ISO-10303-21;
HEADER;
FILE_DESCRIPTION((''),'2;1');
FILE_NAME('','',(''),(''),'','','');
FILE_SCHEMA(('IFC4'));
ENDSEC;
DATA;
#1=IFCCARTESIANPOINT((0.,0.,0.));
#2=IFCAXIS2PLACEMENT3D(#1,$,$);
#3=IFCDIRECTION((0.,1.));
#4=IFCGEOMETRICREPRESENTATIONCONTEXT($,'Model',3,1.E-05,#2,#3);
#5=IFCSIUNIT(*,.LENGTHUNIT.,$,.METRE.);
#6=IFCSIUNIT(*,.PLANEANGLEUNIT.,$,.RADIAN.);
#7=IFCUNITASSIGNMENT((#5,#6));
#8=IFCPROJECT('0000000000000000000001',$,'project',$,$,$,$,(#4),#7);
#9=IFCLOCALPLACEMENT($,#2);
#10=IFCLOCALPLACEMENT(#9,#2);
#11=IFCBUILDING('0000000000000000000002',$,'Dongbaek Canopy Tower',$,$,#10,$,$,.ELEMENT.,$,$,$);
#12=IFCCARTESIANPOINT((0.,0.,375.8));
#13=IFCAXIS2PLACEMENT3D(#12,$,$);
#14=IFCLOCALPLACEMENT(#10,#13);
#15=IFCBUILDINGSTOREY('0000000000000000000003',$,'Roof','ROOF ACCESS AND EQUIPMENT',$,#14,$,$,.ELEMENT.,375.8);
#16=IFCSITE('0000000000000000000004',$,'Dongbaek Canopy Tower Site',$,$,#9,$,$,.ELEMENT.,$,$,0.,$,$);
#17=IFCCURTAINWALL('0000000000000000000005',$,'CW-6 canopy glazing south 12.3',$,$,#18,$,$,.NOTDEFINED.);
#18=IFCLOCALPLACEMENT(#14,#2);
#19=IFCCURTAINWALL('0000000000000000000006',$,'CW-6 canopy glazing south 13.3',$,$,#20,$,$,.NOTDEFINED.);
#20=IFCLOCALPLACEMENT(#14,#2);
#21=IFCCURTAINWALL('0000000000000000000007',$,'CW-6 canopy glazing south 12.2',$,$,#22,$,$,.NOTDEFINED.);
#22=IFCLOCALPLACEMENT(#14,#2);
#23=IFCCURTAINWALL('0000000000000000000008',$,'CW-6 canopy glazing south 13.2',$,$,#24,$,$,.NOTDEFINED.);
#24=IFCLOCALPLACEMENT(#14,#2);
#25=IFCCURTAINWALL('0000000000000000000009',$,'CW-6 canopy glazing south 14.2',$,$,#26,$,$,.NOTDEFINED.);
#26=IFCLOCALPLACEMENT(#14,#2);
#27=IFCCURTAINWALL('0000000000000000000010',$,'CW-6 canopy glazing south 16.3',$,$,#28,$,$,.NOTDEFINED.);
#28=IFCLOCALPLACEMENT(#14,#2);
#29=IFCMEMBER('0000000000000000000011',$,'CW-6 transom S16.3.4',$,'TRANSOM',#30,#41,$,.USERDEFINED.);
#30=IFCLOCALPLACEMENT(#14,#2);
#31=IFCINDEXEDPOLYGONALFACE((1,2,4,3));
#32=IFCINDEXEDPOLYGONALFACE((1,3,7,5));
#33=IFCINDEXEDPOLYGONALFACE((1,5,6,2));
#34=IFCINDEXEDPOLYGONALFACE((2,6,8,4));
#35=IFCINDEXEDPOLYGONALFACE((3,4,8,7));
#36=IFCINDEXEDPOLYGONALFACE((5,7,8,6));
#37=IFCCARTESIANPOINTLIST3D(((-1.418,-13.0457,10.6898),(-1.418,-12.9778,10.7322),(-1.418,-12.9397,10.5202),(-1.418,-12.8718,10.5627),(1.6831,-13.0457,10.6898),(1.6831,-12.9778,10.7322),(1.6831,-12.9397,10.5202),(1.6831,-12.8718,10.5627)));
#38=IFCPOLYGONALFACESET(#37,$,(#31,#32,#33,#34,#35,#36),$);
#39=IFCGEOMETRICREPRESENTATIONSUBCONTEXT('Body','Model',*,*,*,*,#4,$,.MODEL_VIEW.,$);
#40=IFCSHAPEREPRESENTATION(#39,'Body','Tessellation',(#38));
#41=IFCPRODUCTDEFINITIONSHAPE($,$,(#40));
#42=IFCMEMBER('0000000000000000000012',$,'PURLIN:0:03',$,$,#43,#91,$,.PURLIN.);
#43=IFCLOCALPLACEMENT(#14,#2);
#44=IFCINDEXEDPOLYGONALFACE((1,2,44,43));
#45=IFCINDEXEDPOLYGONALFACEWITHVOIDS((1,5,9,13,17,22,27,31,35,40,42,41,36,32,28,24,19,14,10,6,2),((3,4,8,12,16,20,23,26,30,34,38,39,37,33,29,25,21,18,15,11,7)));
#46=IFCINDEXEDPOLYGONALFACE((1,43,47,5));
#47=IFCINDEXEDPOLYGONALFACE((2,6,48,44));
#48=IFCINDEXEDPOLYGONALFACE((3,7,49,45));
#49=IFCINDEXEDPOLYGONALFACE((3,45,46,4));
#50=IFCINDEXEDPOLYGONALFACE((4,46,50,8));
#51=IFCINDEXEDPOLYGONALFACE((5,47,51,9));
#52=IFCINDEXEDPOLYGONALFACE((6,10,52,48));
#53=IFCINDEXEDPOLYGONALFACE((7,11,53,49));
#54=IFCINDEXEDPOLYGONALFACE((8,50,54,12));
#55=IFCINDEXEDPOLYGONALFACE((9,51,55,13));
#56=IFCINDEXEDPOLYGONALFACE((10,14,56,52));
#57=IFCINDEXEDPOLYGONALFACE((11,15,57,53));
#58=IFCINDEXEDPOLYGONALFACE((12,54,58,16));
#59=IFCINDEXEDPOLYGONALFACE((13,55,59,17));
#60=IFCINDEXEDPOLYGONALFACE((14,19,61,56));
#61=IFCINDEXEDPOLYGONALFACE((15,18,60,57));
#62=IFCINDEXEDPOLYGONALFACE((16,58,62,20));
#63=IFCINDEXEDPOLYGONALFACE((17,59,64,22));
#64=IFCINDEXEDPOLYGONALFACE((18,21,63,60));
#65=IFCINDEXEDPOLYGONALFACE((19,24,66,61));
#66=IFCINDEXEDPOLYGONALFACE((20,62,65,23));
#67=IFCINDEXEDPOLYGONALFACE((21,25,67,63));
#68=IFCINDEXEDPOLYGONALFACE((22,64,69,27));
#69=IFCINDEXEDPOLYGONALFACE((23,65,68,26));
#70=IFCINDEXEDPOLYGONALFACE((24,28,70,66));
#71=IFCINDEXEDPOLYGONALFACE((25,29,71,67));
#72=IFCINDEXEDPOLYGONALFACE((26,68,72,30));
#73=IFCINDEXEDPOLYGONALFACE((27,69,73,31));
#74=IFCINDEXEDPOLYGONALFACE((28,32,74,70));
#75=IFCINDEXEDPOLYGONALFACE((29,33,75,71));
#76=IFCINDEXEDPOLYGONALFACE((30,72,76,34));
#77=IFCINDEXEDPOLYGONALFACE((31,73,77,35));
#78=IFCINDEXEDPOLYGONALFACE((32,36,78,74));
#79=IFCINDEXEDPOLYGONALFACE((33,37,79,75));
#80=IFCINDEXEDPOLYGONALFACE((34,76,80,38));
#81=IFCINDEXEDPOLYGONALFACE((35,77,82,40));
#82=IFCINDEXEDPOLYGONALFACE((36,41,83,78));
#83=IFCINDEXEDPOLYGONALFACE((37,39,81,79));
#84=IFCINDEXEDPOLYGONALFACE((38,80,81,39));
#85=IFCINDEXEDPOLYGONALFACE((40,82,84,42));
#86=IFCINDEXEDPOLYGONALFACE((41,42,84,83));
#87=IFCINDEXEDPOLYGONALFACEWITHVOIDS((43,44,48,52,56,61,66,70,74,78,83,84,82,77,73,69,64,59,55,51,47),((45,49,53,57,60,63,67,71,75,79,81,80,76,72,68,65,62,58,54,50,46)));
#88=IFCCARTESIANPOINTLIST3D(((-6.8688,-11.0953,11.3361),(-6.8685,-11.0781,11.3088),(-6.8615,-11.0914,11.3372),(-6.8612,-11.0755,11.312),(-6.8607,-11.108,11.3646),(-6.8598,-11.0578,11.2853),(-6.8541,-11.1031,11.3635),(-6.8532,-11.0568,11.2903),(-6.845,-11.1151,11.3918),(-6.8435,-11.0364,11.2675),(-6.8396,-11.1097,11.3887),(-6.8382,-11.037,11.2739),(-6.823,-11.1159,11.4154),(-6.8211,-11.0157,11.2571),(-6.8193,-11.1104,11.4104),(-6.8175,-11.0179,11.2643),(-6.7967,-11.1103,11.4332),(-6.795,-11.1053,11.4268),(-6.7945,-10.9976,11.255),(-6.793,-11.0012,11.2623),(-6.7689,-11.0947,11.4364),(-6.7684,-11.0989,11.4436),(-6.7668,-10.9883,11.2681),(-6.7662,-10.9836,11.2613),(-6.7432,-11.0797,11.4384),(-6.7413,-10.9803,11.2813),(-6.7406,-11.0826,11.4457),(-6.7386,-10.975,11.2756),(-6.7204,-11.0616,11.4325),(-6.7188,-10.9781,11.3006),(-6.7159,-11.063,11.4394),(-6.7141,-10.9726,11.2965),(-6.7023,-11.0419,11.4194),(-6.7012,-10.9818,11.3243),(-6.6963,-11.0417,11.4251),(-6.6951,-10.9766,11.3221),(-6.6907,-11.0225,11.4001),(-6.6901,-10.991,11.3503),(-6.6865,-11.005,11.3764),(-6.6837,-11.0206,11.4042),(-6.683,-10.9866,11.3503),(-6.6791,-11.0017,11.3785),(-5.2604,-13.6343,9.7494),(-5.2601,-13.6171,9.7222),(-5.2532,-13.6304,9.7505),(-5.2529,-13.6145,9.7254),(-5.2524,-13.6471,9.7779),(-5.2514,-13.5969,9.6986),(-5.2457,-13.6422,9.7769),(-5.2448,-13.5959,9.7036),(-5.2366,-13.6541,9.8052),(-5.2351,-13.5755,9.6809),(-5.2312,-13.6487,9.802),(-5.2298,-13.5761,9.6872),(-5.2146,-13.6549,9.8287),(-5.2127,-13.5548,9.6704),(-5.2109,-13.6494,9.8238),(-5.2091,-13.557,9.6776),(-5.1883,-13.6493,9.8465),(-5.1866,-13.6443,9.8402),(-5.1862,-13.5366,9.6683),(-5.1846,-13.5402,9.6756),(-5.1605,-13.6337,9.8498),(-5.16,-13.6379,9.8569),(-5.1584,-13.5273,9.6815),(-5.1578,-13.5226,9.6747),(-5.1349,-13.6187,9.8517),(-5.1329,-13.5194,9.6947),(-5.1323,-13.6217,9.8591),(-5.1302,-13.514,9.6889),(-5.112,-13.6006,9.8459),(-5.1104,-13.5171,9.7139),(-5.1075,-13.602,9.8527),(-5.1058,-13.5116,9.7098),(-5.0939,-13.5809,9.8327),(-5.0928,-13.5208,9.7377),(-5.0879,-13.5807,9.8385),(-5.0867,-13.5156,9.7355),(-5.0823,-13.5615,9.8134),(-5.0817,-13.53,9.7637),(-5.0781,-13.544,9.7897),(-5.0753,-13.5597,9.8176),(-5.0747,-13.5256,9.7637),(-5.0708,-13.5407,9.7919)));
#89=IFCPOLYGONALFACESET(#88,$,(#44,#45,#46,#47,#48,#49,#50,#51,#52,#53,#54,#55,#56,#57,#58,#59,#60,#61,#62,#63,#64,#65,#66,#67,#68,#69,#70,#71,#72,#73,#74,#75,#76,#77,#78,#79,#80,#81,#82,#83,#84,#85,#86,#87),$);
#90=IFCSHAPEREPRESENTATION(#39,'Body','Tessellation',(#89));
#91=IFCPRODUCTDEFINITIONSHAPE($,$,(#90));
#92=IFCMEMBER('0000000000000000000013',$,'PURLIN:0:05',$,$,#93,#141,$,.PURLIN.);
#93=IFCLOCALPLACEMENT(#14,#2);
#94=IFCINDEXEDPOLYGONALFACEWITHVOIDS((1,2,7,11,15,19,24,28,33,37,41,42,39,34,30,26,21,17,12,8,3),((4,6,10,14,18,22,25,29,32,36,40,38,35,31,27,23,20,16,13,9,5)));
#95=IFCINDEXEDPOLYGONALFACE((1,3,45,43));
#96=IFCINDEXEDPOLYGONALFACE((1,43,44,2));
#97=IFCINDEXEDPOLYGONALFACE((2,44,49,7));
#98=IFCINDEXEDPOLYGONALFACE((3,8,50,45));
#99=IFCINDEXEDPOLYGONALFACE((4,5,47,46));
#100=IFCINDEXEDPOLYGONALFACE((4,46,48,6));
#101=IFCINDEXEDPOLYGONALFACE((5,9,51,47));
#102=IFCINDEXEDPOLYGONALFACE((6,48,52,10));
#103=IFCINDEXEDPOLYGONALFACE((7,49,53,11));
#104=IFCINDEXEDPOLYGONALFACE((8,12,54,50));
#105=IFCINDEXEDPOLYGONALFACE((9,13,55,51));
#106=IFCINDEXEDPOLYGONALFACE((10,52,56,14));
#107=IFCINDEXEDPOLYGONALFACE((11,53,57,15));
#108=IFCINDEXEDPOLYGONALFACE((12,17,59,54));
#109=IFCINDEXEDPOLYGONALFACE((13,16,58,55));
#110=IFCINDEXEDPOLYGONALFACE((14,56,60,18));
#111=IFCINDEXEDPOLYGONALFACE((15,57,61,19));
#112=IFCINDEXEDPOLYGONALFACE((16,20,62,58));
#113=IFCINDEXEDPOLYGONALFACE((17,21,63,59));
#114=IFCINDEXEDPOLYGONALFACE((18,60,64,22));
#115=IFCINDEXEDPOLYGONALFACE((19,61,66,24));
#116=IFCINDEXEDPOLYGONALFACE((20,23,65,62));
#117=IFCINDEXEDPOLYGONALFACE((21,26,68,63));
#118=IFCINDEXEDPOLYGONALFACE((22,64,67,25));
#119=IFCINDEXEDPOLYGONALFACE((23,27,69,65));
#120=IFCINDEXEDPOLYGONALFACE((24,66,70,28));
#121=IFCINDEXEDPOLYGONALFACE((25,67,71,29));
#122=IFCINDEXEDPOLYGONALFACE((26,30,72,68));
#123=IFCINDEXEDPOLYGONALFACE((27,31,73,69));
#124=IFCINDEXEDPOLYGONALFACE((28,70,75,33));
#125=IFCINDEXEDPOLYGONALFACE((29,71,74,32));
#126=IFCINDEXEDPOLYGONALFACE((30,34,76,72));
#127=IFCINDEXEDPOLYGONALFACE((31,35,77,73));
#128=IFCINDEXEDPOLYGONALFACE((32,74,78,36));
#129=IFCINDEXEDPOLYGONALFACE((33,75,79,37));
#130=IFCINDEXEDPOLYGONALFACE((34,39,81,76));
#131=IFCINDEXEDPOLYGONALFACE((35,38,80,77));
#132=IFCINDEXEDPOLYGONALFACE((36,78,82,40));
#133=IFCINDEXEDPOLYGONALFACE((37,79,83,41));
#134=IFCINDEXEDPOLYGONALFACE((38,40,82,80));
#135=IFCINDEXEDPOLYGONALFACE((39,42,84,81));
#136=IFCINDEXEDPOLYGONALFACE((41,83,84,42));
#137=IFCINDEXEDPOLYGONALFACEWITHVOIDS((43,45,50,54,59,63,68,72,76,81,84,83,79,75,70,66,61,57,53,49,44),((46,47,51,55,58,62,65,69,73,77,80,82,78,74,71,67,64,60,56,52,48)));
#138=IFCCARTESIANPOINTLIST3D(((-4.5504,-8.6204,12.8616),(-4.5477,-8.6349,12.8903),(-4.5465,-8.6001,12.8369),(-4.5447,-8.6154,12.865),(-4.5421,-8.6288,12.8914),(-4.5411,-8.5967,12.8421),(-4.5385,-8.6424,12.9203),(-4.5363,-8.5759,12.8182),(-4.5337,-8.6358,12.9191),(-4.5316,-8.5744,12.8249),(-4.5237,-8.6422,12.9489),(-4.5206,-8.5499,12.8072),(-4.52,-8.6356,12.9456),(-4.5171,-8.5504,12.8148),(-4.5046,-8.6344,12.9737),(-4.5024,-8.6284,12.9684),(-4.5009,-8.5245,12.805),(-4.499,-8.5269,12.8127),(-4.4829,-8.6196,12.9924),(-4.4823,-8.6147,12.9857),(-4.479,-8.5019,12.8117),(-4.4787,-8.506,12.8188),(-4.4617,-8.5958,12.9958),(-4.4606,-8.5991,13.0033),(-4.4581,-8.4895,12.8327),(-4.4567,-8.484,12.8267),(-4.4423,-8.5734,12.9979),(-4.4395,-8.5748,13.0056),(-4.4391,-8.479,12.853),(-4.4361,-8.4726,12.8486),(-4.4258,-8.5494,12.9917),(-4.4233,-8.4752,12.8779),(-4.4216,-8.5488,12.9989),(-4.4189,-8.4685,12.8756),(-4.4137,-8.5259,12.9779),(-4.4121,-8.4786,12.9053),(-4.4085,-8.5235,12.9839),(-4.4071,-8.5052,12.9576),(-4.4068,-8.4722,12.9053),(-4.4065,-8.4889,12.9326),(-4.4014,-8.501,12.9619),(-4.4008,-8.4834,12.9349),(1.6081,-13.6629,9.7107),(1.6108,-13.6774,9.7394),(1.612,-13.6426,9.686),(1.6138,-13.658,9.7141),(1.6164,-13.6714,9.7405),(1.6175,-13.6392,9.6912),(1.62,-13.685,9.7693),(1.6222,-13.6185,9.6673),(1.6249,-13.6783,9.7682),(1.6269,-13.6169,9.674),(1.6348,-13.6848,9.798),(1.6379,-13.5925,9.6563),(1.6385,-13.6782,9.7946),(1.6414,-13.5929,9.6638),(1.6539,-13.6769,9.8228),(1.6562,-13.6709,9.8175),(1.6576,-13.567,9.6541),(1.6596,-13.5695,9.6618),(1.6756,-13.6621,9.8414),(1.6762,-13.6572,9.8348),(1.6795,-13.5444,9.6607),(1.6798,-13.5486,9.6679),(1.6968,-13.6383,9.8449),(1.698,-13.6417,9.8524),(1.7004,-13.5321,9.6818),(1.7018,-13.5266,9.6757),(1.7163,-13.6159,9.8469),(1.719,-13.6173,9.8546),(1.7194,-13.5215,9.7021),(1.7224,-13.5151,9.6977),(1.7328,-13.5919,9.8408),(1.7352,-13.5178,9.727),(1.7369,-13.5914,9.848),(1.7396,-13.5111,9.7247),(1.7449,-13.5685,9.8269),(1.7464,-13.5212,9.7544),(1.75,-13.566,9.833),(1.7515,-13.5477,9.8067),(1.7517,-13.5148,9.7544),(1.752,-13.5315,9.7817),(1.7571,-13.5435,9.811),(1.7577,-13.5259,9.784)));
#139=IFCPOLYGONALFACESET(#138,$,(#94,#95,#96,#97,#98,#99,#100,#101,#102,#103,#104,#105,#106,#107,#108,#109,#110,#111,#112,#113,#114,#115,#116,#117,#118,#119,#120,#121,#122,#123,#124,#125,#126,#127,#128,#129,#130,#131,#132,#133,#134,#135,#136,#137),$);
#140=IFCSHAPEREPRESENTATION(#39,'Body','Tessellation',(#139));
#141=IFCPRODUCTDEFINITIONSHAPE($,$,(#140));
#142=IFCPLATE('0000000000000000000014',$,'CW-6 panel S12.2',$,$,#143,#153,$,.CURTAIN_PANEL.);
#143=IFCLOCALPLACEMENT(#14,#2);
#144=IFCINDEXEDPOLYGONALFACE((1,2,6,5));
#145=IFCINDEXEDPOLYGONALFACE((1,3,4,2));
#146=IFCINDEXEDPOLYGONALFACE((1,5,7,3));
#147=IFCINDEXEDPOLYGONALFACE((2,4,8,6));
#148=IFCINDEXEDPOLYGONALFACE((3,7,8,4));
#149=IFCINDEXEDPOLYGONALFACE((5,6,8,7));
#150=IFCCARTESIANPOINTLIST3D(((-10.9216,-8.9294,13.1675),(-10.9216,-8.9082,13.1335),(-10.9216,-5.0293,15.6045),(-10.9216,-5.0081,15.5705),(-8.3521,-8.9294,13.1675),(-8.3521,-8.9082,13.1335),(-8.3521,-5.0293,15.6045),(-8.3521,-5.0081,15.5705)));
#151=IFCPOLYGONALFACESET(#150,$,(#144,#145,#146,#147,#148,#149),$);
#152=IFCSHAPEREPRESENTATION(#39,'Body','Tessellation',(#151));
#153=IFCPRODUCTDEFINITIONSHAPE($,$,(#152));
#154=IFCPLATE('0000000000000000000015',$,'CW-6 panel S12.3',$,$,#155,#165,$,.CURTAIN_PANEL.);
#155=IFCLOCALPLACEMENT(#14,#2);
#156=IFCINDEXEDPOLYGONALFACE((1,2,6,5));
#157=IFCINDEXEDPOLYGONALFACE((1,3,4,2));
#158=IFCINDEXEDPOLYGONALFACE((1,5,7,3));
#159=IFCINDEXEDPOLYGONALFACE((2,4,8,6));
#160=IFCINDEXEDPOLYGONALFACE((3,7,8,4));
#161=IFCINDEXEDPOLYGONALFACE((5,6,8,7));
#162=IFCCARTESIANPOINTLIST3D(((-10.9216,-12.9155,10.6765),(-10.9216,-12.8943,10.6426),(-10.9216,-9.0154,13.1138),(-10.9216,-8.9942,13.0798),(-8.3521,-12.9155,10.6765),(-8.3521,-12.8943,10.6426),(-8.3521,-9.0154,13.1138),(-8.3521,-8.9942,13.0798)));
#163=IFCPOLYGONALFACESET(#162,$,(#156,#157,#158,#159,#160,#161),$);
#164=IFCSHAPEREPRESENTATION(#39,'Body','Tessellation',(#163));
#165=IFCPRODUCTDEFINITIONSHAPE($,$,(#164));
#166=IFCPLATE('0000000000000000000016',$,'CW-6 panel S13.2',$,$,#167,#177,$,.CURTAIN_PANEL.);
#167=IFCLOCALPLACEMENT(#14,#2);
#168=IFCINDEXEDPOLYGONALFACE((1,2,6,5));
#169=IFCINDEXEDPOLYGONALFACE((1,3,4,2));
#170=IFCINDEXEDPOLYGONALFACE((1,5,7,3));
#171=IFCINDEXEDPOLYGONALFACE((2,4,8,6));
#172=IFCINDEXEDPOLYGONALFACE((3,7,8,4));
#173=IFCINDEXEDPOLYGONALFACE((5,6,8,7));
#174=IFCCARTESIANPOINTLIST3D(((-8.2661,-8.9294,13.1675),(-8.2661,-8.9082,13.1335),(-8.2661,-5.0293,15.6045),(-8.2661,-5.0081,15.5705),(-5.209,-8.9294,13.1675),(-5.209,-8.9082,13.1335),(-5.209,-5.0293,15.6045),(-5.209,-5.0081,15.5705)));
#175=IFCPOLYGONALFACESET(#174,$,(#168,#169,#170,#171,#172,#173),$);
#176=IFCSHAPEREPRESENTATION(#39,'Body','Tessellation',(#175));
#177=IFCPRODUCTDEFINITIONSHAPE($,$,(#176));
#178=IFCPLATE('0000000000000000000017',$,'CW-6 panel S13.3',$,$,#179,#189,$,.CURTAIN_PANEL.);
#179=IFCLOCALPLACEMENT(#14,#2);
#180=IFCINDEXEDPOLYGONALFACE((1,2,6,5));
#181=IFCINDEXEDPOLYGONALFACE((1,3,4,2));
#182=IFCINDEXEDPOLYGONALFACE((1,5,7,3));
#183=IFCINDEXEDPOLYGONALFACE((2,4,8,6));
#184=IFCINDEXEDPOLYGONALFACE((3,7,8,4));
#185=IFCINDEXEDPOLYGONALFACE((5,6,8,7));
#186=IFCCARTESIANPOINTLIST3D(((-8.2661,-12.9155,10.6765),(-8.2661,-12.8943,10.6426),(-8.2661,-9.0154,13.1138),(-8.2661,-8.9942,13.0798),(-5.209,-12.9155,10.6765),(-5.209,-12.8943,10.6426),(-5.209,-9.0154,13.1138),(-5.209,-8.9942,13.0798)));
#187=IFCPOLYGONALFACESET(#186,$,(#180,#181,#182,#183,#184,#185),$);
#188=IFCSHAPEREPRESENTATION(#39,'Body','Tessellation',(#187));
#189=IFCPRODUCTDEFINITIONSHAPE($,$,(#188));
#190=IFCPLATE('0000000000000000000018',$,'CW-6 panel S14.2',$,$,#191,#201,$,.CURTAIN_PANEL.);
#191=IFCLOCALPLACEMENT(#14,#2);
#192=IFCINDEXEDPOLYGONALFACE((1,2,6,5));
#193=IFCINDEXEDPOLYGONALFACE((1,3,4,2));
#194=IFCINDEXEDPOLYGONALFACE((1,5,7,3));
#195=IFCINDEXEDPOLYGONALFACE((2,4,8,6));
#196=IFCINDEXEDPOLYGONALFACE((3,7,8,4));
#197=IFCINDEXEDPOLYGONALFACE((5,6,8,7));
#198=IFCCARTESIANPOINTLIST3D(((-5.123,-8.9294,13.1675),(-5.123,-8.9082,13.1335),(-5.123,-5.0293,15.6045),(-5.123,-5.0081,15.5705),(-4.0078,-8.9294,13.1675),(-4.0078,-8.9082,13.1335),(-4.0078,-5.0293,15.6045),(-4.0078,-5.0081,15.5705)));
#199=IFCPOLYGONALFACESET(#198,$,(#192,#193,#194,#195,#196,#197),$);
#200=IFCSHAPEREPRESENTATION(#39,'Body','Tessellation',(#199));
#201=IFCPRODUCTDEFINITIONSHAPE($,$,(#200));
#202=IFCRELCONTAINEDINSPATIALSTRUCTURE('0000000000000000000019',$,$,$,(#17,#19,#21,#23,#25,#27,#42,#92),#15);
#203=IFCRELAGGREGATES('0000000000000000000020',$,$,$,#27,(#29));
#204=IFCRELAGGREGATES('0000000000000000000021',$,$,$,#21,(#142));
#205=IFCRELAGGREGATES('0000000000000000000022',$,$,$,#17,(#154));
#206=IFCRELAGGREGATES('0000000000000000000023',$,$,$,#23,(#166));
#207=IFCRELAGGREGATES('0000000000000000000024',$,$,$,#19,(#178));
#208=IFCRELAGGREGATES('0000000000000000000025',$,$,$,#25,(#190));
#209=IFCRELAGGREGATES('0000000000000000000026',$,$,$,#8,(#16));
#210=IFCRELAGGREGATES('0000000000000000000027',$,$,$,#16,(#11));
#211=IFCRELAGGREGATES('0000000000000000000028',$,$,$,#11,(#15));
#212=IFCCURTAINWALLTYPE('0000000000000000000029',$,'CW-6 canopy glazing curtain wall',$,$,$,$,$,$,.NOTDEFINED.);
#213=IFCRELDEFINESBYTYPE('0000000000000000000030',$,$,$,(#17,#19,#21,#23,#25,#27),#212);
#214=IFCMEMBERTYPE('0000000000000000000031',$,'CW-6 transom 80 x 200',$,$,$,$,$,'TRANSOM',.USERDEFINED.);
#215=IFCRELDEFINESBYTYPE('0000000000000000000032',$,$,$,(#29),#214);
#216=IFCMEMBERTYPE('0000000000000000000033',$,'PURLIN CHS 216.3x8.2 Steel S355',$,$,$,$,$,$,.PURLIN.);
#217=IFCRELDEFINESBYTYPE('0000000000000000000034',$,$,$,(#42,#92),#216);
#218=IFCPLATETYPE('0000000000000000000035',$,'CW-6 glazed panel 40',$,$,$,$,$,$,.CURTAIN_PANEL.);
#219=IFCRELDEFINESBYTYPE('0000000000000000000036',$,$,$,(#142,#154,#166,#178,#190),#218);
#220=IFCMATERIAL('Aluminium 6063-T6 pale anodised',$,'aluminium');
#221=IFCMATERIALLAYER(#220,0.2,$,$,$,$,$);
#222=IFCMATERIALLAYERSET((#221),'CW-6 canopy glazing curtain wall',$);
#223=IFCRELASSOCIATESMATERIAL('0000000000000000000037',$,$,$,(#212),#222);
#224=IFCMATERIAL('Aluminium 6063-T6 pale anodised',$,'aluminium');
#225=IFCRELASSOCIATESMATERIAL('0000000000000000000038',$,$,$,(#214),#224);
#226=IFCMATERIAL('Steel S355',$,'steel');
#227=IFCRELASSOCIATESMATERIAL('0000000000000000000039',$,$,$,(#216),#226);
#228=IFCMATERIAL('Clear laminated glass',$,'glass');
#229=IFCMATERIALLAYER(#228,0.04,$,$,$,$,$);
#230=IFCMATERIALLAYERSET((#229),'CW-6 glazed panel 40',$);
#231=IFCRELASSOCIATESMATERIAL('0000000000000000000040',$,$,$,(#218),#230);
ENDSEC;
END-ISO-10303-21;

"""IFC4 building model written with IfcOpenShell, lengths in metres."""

from ifc_helpers import new_model, si_unit, direction, frame, origin, origin_2d, place, context, subcontext, project, spatial, polyline, rectangle, hollow_circle, outline, extrude, material, layer, layer_set, material_profile, profile_set, type_object, element, aggregate, save


model = new_model("IFC4")

# Units and contexts
model_context = context("Model", 3, precision=1e-05, world=origin(), true_north=direction((0.0, 1.0)))
body_context = subcontext(model_context, "Body", "Model", "MODEL_VIEW")
ifc_project = project(units=[si_unit("LENGTHUNIT", "METRE"), si_unit("PLANEANGLEUNIT", "RADIAN")], contexts=[model_context])

# Site, building, storey
site_placement = place(None, origin())
site = spatial("IfcSite", under=ifc_project, at=site_placement, Name="Dongbaek Canopy Tower Site", CompositionType="ELEMENT", RefElevation=0.0)
building_placement = place(site_placement, origin())
building = spatial("IfcBuilding", under=site, at=building_placement, Name="Dongbaek Canopy Tower", CompositionType="ELEMENT")
storey_placement = place(building_placement, frame((0.0, 0.0, 375.8)))
storey = spatial("IfcBuildingStorey", under=building, at=storey_placement, Name="Roof", Description="ROOF ACCESS AND EQUIPMENT", CompositionType="ELEMENT", Elevation=375.8)

# Curtain walls
ifc_material_1 = material(Name="Aluminium 6063-T6 pale anodised", Category="aluminium")
ifc_layer_1 = layer(ifc_material_1, 0.2)
ifc_layer_set_1 = layer_set([ifc_layer_1], Name="CW-6 canopy glazing curtain wall")
curtain_wall_type = type_object("IfcCurtainWallType", Name="CW-6 canopy glazing curtain wall", PredefinedType="NOTDEFINED", material=ifc_layer_set_1)
curtain_wall_1_placement = place(storey_placement, origin())
curtain_wall_1 = element("IfcCurtainWall", 1, at=curtain_wall_1_placement, inside=storey, type_object=curtain_wall_type, Name="CW-6 canopy glazing south 12.3", PredefinedType="NOTDEFINED")
curtain_wall_2_placement = place(storey_placement, origin())
curtain_wall_2 = element("IfcCurtainWall", 2, at=curtain_wall_2_placement, inside=storey, type_object=curtain_wall_type, Name="CW-6 canopy glazing south 13.3", PredefinedType="NOTDEFINED")
curtain_wall_3_placement = place(storey_placement, origin())
curtain_wall_3 = element("IfcCurtainWall", 3, at=curtain_wall_3_placement, inside=storey, type_object=curtain_wall_type, Name="CW-6 canopy glazing south 12.2", PredefinedType="NOTDEFINED")
ifc_material_2 = material(Name="Aluminium 6063-T6 pale anodised", Category="aluminium")
ifc_material_profile_1 = material_profile(ifc_material_2, rectangle(XDim=0.0801, YDim=0.2, at=origin_2d()), Name="CW-6 transom 80 x 200")
ifc_profile_set_1 = profile_set([ifc_material_profile_1], Name="Aluminium 6063-T6 pale anodised")
member_type_1 = type_object("IfcMemberType", Name="CW-6 transom 80 x 200", ElementType="TRANSOM", PredefinedType="USERDEFINED", material=ifc_profile_set_1)
curtain_wall_4_placement = place(storey_placement, origin())
curtain_wall_4 = element("IfcCurtainWall", 4, at=curtain_wall_4_placement, inside=storey, type_object=curtain_wall_type, Name="CW-6 canopy glazing south 13.2", PredefinedType="NOTDEFINED")
curtain_wall_5_placement = place(storey_placement, origin())
curtain_wall_5 = element("IfcCurtainWall", 5, at=curtain_wall_5_placement, inside=storey, type_object=curtain_wall_type, Name="CW-6 canopy glazing south 14.2", PredefinedType="NOTDEFINED")

# Curtain wall, member
curtain_wall_6_placement = place(storey_placement, origin())
curtain_wall_6 = element("IfcCurtainWall", 6, at=curtain_wall_6_placement, inside=storey, type_object=curtain_wall_type, Name="CW-6 canopy glazing south 16.3", PredefinedType="NOTDEFINED")
member_1_placement = place(storey_placement, frame((-1.418, -12.9587, 10.6262), z_axis=(1.0, 0.0, 0.0), x_axis=(0.0, 0.848048, 0.529919)))
member_1 = element("IfcMember", 7, at=member_1_placement, type_object=member_type_1, Name="CW-6 transom S16.3.4", ObjectType="TRANSOM", PredefinedType="USERDEFINED", context=body_context, shape_type="SweptSolid", body=[
    extrude(rectangle(XDim=0.0801, YDim=0.2, at=origin_2d()), origin(), (0.0, 0.0, 1.0), 3.1011),
])
aggregate(curtain_wall_6, [member_1])

# Members
ifc_material_3 = material(Name="Steel S355", Category="steel")
ifc_material_profile_2 = material_profile(ifc_material_3, hollow_circle(Radius=0.1082, WallThickness=0.0083, at=origin_2d()), Name="PURLIN CHS 216.3x8.2 Steel S355")
ifc_profile_set_2 = profile_set([ifc_material_profile_2], Name="Steel S355")
member_type_2 = type_object("IfcMemberType", Name="PURLIN CHS 216.3x8.2 Steel S355", PredefinedType="PURLIN", material=ifc_profile_set_2)
member_2_placement = place(storey_placement, frame((-6.7744, -11.0444, 11.3503), z_axis=(0.473236, -0.747064, -0.466843), x_axis=(0.84477, 0.535129, 0.0)))
element("IfcMember", 8, at=member_2_placement, inside=storey, type_object=member_type_2, Name="PURLIN:0:03", PredefinedType="PURLIN", context=body_context, shape_type="SweptSolid", body=[
    extrude(hollow_circle(Radius=0.1082, WallThickness=0.0083, at=origin_2d()), origin(), (0.0, 0.0, 1.0), 3.3987),
])
member_3_placement = place(storey_placement, frame((-4.4753, -8.5559, 12.9053), z_axis=(0.719408, -0.589045, -0.368074), x_axis=(0.63352, 0.773726, 0.0)))
element("IfcMember", 9, at=member_3_placement, inside=storey, type_object=member_type_2, Name="PURLIN:0:05", PredefinedType="PURLIN", context=body_context, shape_type="SweptSolid", body=[
    extrude(hollow_circle(Radius=0.1082, WallThickness=0.0083, at=origin_2d()), origin(), (0.0, 0.0, 1.0), 8.5605),
])

# Plates
ifc_material_4 = material(Name="Clear laminated glass", Category="glass")
ifc_layer_2 = layer(ifc_material_4, 0.04)
ifc_layer_set_2 = layer_set([ifc_layer_2], Name="CW-6 glazed panel 40")
plate_type = type_object("IfcPlateType", Name="CW-6 glazed panel 40", PredefinedType="CURTAIN_PANEL", material=ifc_layer_set_2)
plate_1_placement = place(storey_placement, frame((-10.9216, -5.0293, 15.6045), z_axis=(0.0, -0.529908, 0.848055), x_axis=(1.0, 0.0, 0.0)))
plate_1 = element("IfcPlate", 10, at=plate_1_placement, type_object=plate_type, Name="CW-6 panel S12.2", PredefinedType="CURTAIN_PANEL", context=body_context, shape_type="SweptSolid", body=[
    extrude(outline(polyline([(0.0, 0.0), (2.5696, 0.0), (2.5696, -4.5989), (0.0, -4.5989), (0.0, 0.0)])), origin(), (0.0, 0.0, -1.0), 0.04),
])
aggregate(curtain_wall_3, [plate_1])
plate_2_placement = place(storey_placement, frame((-10.9216, -9.0154, 13.1138), z_axis=(0.0, -0.529946, 0.848031), x_axis=(1.0, 0.0, 0.0)))
plate_2 = element("IfcPlate", 11, at=plate_2_placement, type_object=plate_type, Name="CW-6 panel S12.3", PredefinedType="CURTAIN_PANEL", context=body_context, shape_type="SweptSolid", body=[
    extrude(outline(polyline([(0.0, 0.0), (2.5696, 0.0), (2.5696, -4.5991), (0.0, -4.5991), (0.0, 0.0)])), origin(), (0.0, 0.0, -1.0), 0.04),
])
aggregate(curtain_wall_1, [plate_2])
plate_3_placement = place(storey_placement, frame((-5.209, -8.9294, 13.1675), z_axis=(0.0, -0.529908, 0.848055), x_axis=(-1.0, 0.0, 0.0)))
plate_3 = element("IfcPlate", 12, at=plate_3_placement, type_object=plate_type, Name="CW-6 panel S13.2", PredefinedType="CURTAIN_PANEL", context=body_context, shape_type="SweptSolid", body=[
    extrude(outline(polyline([(0.0, 0.0), (3.0571, 0.0), (3.0571, -4.5989), (0.0, -4.5989), (0.0, 0.0)])), origin(), (0.0, 0.0, -1.0), 0.04),
])
aggregate(curtain_wall_4, [plate_3])
plate_4_placement = place(storey_placement, frame((-5.209, -12.9155, 10.6765), z_axis=(0.0, -0.529946, 0.848031), x_axis=(-1.0, 0.0, 0.0)))
plate_4 = element("IfcPlate", 13, at=plate_4_placement, type_object=plate_type, Name="CW-6 panel S13.3", PredefinedType="CURTAIN_PANEL", context=body_context, shape_type="SweptSolid", body=[
    extrude(outline(polyline([(0.0, 0.0), (3.0571, 0.0), (3.0571, -4.5991), (0.0, -4.5991), (0.0, 0.0)])), origin(), (0.0, 0.0, -1.0), 0.04),
])
aggregate(curtain_wall_2, [plate_4])
plate_5_placement = place(storey_placement, frame((-4.0078, -8.9294, 13.1675), z_axis=(0.0, -0.529908, 0.848055), x_axis=(-1.0, 0.0, 0.0)))
plate_5 = element("IfcPlate", 14, at=plate_5_placement, type_object=plate_type, Name="CW-6 panel S14.2", PredefinedType="CURTAIN_PANEL", context=body_context, shape_type="SweptSolid", body=[
    extrude(outline(polyline([(0.0, 0.0), (1.1152, 0.0), (1.1152, -4.5989), (0.0, -4.5989), (0.0, 0.0)])), origin(), (0.0, 0.0, -1.0), 0.04),
])
aggregate(curtain_wall_5, [plate_5])

save(model, "model.ifc")
